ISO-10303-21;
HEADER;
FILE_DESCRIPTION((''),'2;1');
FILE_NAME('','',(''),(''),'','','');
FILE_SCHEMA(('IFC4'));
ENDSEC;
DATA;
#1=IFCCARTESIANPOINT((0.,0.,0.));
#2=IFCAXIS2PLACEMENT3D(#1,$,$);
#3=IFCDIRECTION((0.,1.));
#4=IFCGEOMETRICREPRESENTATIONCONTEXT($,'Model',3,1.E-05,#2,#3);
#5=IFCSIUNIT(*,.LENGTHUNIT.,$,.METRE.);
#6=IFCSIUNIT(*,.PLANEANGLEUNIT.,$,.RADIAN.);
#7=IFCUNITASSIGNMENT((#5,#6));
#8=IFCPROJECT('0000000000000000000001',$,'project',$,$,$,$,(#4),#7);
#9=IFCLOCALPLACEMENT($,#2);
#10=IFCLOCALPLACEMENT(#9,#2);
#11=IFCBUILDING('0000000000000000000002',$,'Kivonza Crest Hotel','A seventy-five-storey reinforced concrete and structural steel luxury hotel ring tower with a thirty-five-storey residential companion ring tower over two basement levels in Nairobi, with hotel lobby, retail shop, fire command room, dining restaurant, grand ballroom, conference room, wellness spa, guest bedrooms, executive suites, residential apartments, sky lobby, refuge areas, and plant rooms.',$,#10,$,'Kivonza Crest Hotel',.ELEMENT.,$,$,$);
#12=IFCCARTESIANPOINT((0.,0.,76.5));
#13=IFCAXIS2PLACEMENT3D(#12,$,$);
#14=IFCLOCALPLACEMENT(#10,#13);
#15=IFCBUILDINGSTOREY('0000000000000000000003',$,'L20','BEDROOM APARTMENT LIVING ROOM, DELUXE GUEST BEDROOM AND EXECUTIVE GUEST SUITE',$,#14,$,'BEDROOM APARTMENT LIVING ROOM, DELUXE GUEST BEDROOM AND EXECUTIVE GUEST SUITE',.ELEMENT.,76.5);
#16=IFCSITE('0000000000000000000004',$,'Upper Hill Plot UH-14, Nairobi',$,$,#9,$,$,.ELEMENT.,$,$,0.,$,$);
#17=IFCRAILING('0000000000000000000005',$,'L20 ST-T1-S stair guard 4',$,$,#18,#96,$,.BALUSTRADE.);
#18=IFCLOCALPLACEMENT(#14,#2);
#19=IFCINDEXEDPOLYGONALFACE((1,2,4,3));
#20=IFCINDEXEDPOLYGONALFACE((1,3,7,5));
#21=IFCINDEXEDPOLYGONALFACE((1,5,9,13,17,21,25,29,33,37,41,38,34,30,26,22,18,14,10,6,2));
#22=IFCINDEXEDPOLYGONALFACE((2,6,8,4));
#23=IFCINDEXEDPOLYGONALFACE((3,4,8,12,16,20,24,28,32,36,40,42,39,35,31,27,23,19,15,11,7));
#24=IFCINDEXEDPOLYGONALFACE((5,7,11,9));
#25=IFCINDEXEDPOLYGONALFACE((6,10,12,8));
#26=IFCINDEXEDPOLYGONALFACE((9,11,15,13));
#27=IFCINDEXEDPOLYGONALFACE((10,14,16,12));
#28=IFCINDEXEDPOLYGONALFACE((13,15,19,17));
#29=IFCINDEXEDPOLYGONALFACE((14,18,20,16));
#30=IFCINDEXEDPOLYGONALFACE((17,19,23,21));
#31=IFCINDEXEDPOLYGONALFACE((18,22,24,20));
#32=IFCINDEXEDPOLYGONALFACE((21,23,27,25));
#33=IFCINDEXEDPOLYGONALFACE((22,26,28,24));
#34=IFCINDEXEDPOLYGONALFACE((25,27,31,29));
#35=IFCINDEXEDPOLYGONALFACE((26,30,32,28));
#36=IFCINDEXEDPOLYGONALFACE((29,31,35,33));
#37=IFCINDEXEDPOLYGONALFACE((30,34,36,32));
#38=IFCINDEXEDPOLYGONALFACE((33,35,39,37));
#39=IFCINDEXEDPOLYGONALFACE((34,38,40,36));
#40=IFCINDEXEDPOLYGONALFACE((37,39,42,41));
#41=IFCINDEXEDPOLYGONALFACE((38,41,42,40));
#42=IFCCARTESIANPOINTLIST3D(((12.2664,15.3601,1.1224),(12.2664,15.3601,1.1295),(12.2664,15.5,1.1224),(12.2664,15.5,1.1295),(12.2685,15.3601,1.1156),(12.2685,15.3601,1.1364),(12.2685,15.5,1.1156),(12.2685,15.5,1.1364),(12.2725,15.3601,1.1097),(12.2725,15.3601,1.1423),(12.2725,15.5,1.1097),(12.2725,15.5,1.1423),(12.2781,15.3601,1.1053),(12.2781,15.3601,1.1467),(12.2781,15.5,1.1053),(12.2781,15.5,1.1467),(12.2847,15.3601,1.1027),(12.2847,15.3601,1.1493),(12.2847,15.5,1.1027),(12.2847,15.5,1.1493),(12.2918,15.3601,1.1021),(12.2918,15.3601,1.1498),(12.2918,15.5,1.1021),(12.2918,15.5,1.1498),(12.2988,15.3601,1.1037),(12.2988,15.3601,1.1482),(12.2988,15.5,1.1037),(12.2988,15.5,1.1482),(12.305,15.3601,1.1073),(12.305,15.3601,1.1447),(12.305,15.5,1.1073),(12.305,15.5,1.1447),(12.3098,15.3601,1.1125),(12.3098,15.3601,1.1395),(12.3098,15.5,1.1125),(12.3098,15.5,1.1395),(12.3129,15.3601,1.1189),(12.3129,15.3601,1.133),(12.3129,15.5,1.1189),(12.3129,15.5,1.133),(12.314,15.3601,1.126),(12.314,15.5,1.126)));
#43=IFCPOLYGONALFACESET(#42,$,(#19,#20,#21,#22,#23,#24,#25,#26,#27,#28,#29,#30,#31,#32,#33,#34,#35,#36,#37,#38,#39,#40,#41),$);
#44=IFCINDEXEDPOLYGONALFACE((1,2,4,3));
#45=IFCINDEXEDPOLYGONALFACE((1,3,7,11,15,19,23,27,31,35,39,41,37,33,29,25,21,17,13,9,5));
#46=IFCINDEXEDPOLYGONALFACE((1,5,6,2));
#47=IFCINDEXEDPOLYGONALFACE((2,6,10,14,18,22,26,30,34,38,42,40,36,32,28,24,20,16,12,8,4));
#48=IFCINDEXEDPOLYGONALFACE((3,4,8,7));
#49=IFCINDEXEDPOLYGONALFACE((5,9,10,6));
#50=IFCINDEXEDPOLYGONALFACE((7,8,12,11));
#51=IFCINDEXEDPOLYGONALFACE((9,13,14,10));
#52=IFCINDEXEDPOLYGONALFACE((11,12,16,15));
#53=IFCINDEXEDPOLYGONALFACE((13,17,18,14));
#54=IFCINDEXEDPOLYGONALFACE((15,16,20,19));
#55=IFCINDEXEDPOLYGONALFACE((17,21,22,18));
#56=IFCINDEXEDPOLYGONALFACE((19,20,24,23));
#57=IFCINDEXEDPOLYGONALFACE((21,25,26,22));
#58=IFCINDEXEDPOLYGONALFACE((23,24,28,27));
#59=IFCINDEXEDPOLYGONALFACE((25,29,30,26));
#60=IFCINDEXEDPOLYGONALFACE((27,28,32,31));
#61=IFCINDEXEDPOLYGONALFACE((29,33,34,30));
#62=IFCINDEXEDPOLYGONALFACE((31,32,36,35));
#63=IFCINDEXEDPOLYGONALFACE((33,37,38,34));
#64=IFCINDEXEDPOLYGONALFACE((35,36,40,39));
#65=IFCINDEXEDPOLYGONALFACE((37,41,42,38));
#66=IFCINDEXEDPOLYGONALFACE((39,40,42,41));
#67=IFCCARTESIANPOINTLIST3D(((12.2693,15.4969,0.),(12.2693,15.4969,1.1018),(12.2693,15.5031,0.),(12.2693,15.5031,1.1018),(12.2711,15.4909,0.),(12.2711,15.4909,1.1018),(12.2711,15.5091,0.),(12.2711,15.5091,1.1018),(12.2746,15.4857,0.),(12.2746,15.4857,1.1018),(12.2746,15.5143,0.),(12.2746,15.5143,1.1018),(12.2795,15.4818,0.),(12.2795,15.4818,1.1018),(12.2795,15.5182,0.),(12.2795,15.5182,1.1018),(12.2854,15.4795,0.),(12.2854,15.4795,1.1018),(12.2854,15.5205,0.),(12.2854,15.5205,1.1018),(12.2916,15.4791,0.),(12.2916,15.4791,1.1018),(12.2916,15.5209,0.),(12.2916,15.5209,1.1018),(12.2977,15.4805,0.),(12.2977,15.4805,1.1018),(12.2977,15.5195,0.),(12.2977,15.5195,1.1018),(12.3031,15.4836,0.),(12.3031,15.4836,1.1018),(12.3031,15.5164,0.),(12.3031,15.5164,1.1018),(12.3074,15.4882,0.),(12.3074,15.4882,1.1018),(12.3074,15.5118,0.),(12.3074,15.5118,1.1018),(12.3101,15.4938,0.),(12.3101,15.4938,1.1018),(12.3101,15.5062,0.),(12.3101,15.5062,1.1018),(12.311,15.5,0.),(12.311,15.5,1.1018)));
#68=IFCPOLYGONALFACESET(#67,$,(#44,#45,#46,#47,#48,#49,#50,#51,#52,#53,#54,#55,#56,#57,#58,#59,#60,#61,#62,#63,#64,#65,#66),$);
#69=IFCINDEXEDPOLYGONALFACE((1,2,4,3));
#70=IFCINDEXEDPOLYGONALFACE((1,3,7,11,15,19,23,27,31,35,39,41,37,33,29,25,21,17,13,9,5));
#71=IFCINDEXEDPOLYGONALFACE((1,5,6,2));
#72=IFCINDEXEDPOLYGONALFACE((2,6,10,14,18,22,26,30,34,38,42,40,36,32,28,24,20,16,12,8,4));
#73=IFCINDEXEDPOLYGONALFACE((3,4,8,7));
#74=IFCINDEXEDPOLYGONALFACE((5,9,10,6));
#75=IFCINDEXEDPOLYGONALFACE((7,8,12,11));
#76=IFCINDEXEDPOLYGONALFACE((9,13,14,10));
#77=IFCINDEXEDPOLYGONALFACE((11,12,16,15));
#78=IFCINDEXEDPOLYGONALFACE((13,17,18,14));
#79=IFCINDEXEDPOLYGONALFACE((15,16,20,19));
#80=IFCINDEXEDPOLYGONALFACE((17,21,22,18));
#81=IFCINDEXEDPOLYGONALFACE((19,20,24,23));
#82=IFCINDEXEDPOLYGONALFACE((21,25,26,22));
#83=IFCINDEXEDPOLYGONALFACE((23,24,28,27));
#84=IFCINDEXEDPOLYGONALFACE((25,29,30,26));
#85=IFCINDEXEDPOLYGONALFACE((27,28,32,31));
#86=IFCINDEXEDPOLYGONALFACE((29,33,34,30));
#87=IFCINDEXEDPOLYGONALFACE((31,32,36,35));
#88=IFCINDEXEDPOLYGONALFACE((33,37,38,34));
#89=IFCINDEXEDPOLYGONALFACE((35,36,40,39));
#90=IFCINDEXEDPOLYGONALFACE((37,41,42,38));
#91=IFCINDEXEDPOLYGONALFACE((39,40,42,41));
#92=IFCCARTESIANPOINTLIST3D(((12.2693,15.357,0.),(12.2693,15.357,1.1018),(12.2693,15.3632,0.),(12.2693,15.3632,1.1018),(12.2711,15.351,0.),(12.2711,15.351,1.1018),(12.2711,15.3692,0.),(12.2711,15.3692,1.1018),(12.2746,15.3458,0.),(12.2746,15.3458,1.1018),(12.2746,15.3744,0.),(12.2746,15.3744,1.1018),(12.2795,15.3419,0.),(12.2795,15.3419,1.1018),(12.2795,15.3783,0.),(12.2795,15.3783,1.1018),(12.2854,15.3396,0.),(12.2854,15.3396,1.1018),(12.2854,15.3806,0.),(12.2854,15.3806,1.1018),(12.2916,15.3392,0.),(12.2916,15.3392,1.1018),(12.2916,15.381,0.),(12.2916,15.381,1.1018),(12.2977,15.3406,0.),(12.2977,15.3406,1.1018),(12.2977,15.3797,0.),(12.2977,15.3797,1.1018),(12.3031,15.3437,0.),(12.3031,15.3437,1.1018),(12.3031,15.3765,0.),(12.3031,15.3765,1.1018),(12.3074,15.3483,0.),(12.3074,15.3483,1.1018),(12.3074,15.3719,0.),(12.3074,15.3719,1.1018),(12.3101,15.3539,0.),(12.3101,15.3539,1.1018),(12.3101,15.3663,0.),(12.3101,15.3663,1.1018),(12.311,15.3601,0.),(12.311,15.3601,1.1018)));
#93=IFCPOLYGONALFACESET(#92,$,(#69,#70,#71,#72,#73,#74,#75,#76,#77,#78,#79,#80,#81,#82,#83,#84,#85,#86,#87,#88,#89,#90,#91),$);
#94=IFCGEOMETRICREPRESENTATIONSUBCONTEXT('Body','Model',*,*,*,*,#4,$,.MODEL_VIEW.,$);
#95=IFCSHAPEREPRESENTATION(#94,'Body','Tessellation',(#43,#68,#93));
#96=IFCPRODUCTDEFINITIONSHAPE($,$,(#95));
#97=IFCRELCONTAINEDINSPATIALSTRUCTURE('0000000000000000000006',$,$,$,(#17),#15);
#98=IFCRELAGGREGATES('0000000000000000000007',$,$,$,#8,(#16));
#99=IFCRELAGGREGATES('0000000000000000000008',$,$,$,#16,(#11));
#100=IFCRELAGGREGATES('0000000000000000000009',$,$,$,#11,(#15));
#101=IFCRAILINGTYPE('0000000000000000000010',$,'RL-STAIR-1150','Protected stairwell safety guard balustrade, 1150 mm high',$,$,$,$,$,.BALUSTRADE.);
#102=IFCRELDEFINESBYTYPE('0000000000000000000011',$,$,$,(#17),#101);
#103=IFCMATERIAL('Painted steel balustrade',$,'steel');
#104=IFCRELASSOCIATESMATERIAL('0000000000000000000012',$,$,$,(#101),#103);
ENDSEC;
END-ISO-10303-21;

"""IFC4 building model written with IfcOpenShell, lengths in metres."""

from ifc_helpers import new_model, si_unit, direction, frame, origin, origin_2d, place, context, subcontext, project, spatial, circle, extrude, material, type_object, element, save


model = new_model("IFC4")

# Units and contexts
model_context = context("Model", 3, precision=1e-05, world=origin(), true_north=direction((0.0, 1.0)))
body_context = subcontext(model_context, "Body", "Model", "MODEL_VIEW")
ifc_project = project(units=[si_unit("LENGTHUNIT", "METRE"), si_unit("PLANEANGLEUNIT", "RADIAN")], contexts=[model_context])

# Site, building, storey
site_placement = place(None, origin())
site = spatial("IfcSite", under=ifc_project, at=site_placement, Name="Upper Hill Plot UH-14, Nairobi", CompositionType="ELEMENT", RefElevation=0.0)
building_placement = place(site_placement, origin())
building = spatial("IfcBuilding", under=site, at=building_placement, Name="Kivonza Crest Hotel", Description="A seventy-five-storey reinforced concrete and structural steel luxury hotel ring tower with a thirty-five-storey residential companion ring tower over two basement levels in Nairobi, with hotel lobby, retail shop, fire command room, dining restaurant, grand ballroom, conference room, wellness spa, guest bedrooms, executive suites, residential apartments, sky lobby, refuge areas, and plant rooms.", LongName="Kivonza Crest Hotel", CompositionType="ELEMENT")
storey_placement = place(building_placement, frame((0.0, 0.0, 76.5)))
storey = spatial("IfcBuildingStorey", under=building, at=storey_placement, Name="L20", Description="BEDROOM APARTMENT LIVING ROOM, DELUXE GUEST BEDROOM AND EXECUTIVE GUEST SUITE", LongName="BEDROOM APARTMENT LIVING ROOM, DELUXE GUEST BEDROOM AND EXECUTIVE GUEST SUITE", CompositionType="ELEMENT", Elevation=76.5)

# Railing
ifc_material_1 = material(Name="Painted steel balustrade", Category="steel")
railing_type_1 = type_object("IfcRailingType", Name="RL-STAIR-1150", Description="Protected stairwell safety guard balustrade, 1150 mm high", PredefinedType="BALUSTRADE", material=ifc_material_1)
railing_1_placement = place(storey_placement, frame((12.29, 15.5, 0.0)))
element("IfcRailing", 1, at=railing_1_placement, inside=storey, type_object=railing_type_1, Name="L20 ST-T1-S stair guard 4", PredefinedType="BALUSTRADE", context=body_context, shape_type="SweptSolid", body=[
    extrude(circle(Radius=0.0239, at=origin_2d()), frame((0.0, 0.0, 1.126), z_axis=(0.0, -1.0, 0.0), x_axis=(1.0, 0.0, 0.0)), (0.0, 0.0, 1.0), 0.1399),
    extrude(circle(Radius=0.021, at=origin_2d()), origin(), (0.0, 0.0, 1.0), 1.1018),
    extrude(circle(Radius=0.021, at=origin_2d()), frame((0.0, -0.1399, 0.0)), (0.0, 0.0, 1.0), 1.1018),
])

save(model, "model.ifc")
